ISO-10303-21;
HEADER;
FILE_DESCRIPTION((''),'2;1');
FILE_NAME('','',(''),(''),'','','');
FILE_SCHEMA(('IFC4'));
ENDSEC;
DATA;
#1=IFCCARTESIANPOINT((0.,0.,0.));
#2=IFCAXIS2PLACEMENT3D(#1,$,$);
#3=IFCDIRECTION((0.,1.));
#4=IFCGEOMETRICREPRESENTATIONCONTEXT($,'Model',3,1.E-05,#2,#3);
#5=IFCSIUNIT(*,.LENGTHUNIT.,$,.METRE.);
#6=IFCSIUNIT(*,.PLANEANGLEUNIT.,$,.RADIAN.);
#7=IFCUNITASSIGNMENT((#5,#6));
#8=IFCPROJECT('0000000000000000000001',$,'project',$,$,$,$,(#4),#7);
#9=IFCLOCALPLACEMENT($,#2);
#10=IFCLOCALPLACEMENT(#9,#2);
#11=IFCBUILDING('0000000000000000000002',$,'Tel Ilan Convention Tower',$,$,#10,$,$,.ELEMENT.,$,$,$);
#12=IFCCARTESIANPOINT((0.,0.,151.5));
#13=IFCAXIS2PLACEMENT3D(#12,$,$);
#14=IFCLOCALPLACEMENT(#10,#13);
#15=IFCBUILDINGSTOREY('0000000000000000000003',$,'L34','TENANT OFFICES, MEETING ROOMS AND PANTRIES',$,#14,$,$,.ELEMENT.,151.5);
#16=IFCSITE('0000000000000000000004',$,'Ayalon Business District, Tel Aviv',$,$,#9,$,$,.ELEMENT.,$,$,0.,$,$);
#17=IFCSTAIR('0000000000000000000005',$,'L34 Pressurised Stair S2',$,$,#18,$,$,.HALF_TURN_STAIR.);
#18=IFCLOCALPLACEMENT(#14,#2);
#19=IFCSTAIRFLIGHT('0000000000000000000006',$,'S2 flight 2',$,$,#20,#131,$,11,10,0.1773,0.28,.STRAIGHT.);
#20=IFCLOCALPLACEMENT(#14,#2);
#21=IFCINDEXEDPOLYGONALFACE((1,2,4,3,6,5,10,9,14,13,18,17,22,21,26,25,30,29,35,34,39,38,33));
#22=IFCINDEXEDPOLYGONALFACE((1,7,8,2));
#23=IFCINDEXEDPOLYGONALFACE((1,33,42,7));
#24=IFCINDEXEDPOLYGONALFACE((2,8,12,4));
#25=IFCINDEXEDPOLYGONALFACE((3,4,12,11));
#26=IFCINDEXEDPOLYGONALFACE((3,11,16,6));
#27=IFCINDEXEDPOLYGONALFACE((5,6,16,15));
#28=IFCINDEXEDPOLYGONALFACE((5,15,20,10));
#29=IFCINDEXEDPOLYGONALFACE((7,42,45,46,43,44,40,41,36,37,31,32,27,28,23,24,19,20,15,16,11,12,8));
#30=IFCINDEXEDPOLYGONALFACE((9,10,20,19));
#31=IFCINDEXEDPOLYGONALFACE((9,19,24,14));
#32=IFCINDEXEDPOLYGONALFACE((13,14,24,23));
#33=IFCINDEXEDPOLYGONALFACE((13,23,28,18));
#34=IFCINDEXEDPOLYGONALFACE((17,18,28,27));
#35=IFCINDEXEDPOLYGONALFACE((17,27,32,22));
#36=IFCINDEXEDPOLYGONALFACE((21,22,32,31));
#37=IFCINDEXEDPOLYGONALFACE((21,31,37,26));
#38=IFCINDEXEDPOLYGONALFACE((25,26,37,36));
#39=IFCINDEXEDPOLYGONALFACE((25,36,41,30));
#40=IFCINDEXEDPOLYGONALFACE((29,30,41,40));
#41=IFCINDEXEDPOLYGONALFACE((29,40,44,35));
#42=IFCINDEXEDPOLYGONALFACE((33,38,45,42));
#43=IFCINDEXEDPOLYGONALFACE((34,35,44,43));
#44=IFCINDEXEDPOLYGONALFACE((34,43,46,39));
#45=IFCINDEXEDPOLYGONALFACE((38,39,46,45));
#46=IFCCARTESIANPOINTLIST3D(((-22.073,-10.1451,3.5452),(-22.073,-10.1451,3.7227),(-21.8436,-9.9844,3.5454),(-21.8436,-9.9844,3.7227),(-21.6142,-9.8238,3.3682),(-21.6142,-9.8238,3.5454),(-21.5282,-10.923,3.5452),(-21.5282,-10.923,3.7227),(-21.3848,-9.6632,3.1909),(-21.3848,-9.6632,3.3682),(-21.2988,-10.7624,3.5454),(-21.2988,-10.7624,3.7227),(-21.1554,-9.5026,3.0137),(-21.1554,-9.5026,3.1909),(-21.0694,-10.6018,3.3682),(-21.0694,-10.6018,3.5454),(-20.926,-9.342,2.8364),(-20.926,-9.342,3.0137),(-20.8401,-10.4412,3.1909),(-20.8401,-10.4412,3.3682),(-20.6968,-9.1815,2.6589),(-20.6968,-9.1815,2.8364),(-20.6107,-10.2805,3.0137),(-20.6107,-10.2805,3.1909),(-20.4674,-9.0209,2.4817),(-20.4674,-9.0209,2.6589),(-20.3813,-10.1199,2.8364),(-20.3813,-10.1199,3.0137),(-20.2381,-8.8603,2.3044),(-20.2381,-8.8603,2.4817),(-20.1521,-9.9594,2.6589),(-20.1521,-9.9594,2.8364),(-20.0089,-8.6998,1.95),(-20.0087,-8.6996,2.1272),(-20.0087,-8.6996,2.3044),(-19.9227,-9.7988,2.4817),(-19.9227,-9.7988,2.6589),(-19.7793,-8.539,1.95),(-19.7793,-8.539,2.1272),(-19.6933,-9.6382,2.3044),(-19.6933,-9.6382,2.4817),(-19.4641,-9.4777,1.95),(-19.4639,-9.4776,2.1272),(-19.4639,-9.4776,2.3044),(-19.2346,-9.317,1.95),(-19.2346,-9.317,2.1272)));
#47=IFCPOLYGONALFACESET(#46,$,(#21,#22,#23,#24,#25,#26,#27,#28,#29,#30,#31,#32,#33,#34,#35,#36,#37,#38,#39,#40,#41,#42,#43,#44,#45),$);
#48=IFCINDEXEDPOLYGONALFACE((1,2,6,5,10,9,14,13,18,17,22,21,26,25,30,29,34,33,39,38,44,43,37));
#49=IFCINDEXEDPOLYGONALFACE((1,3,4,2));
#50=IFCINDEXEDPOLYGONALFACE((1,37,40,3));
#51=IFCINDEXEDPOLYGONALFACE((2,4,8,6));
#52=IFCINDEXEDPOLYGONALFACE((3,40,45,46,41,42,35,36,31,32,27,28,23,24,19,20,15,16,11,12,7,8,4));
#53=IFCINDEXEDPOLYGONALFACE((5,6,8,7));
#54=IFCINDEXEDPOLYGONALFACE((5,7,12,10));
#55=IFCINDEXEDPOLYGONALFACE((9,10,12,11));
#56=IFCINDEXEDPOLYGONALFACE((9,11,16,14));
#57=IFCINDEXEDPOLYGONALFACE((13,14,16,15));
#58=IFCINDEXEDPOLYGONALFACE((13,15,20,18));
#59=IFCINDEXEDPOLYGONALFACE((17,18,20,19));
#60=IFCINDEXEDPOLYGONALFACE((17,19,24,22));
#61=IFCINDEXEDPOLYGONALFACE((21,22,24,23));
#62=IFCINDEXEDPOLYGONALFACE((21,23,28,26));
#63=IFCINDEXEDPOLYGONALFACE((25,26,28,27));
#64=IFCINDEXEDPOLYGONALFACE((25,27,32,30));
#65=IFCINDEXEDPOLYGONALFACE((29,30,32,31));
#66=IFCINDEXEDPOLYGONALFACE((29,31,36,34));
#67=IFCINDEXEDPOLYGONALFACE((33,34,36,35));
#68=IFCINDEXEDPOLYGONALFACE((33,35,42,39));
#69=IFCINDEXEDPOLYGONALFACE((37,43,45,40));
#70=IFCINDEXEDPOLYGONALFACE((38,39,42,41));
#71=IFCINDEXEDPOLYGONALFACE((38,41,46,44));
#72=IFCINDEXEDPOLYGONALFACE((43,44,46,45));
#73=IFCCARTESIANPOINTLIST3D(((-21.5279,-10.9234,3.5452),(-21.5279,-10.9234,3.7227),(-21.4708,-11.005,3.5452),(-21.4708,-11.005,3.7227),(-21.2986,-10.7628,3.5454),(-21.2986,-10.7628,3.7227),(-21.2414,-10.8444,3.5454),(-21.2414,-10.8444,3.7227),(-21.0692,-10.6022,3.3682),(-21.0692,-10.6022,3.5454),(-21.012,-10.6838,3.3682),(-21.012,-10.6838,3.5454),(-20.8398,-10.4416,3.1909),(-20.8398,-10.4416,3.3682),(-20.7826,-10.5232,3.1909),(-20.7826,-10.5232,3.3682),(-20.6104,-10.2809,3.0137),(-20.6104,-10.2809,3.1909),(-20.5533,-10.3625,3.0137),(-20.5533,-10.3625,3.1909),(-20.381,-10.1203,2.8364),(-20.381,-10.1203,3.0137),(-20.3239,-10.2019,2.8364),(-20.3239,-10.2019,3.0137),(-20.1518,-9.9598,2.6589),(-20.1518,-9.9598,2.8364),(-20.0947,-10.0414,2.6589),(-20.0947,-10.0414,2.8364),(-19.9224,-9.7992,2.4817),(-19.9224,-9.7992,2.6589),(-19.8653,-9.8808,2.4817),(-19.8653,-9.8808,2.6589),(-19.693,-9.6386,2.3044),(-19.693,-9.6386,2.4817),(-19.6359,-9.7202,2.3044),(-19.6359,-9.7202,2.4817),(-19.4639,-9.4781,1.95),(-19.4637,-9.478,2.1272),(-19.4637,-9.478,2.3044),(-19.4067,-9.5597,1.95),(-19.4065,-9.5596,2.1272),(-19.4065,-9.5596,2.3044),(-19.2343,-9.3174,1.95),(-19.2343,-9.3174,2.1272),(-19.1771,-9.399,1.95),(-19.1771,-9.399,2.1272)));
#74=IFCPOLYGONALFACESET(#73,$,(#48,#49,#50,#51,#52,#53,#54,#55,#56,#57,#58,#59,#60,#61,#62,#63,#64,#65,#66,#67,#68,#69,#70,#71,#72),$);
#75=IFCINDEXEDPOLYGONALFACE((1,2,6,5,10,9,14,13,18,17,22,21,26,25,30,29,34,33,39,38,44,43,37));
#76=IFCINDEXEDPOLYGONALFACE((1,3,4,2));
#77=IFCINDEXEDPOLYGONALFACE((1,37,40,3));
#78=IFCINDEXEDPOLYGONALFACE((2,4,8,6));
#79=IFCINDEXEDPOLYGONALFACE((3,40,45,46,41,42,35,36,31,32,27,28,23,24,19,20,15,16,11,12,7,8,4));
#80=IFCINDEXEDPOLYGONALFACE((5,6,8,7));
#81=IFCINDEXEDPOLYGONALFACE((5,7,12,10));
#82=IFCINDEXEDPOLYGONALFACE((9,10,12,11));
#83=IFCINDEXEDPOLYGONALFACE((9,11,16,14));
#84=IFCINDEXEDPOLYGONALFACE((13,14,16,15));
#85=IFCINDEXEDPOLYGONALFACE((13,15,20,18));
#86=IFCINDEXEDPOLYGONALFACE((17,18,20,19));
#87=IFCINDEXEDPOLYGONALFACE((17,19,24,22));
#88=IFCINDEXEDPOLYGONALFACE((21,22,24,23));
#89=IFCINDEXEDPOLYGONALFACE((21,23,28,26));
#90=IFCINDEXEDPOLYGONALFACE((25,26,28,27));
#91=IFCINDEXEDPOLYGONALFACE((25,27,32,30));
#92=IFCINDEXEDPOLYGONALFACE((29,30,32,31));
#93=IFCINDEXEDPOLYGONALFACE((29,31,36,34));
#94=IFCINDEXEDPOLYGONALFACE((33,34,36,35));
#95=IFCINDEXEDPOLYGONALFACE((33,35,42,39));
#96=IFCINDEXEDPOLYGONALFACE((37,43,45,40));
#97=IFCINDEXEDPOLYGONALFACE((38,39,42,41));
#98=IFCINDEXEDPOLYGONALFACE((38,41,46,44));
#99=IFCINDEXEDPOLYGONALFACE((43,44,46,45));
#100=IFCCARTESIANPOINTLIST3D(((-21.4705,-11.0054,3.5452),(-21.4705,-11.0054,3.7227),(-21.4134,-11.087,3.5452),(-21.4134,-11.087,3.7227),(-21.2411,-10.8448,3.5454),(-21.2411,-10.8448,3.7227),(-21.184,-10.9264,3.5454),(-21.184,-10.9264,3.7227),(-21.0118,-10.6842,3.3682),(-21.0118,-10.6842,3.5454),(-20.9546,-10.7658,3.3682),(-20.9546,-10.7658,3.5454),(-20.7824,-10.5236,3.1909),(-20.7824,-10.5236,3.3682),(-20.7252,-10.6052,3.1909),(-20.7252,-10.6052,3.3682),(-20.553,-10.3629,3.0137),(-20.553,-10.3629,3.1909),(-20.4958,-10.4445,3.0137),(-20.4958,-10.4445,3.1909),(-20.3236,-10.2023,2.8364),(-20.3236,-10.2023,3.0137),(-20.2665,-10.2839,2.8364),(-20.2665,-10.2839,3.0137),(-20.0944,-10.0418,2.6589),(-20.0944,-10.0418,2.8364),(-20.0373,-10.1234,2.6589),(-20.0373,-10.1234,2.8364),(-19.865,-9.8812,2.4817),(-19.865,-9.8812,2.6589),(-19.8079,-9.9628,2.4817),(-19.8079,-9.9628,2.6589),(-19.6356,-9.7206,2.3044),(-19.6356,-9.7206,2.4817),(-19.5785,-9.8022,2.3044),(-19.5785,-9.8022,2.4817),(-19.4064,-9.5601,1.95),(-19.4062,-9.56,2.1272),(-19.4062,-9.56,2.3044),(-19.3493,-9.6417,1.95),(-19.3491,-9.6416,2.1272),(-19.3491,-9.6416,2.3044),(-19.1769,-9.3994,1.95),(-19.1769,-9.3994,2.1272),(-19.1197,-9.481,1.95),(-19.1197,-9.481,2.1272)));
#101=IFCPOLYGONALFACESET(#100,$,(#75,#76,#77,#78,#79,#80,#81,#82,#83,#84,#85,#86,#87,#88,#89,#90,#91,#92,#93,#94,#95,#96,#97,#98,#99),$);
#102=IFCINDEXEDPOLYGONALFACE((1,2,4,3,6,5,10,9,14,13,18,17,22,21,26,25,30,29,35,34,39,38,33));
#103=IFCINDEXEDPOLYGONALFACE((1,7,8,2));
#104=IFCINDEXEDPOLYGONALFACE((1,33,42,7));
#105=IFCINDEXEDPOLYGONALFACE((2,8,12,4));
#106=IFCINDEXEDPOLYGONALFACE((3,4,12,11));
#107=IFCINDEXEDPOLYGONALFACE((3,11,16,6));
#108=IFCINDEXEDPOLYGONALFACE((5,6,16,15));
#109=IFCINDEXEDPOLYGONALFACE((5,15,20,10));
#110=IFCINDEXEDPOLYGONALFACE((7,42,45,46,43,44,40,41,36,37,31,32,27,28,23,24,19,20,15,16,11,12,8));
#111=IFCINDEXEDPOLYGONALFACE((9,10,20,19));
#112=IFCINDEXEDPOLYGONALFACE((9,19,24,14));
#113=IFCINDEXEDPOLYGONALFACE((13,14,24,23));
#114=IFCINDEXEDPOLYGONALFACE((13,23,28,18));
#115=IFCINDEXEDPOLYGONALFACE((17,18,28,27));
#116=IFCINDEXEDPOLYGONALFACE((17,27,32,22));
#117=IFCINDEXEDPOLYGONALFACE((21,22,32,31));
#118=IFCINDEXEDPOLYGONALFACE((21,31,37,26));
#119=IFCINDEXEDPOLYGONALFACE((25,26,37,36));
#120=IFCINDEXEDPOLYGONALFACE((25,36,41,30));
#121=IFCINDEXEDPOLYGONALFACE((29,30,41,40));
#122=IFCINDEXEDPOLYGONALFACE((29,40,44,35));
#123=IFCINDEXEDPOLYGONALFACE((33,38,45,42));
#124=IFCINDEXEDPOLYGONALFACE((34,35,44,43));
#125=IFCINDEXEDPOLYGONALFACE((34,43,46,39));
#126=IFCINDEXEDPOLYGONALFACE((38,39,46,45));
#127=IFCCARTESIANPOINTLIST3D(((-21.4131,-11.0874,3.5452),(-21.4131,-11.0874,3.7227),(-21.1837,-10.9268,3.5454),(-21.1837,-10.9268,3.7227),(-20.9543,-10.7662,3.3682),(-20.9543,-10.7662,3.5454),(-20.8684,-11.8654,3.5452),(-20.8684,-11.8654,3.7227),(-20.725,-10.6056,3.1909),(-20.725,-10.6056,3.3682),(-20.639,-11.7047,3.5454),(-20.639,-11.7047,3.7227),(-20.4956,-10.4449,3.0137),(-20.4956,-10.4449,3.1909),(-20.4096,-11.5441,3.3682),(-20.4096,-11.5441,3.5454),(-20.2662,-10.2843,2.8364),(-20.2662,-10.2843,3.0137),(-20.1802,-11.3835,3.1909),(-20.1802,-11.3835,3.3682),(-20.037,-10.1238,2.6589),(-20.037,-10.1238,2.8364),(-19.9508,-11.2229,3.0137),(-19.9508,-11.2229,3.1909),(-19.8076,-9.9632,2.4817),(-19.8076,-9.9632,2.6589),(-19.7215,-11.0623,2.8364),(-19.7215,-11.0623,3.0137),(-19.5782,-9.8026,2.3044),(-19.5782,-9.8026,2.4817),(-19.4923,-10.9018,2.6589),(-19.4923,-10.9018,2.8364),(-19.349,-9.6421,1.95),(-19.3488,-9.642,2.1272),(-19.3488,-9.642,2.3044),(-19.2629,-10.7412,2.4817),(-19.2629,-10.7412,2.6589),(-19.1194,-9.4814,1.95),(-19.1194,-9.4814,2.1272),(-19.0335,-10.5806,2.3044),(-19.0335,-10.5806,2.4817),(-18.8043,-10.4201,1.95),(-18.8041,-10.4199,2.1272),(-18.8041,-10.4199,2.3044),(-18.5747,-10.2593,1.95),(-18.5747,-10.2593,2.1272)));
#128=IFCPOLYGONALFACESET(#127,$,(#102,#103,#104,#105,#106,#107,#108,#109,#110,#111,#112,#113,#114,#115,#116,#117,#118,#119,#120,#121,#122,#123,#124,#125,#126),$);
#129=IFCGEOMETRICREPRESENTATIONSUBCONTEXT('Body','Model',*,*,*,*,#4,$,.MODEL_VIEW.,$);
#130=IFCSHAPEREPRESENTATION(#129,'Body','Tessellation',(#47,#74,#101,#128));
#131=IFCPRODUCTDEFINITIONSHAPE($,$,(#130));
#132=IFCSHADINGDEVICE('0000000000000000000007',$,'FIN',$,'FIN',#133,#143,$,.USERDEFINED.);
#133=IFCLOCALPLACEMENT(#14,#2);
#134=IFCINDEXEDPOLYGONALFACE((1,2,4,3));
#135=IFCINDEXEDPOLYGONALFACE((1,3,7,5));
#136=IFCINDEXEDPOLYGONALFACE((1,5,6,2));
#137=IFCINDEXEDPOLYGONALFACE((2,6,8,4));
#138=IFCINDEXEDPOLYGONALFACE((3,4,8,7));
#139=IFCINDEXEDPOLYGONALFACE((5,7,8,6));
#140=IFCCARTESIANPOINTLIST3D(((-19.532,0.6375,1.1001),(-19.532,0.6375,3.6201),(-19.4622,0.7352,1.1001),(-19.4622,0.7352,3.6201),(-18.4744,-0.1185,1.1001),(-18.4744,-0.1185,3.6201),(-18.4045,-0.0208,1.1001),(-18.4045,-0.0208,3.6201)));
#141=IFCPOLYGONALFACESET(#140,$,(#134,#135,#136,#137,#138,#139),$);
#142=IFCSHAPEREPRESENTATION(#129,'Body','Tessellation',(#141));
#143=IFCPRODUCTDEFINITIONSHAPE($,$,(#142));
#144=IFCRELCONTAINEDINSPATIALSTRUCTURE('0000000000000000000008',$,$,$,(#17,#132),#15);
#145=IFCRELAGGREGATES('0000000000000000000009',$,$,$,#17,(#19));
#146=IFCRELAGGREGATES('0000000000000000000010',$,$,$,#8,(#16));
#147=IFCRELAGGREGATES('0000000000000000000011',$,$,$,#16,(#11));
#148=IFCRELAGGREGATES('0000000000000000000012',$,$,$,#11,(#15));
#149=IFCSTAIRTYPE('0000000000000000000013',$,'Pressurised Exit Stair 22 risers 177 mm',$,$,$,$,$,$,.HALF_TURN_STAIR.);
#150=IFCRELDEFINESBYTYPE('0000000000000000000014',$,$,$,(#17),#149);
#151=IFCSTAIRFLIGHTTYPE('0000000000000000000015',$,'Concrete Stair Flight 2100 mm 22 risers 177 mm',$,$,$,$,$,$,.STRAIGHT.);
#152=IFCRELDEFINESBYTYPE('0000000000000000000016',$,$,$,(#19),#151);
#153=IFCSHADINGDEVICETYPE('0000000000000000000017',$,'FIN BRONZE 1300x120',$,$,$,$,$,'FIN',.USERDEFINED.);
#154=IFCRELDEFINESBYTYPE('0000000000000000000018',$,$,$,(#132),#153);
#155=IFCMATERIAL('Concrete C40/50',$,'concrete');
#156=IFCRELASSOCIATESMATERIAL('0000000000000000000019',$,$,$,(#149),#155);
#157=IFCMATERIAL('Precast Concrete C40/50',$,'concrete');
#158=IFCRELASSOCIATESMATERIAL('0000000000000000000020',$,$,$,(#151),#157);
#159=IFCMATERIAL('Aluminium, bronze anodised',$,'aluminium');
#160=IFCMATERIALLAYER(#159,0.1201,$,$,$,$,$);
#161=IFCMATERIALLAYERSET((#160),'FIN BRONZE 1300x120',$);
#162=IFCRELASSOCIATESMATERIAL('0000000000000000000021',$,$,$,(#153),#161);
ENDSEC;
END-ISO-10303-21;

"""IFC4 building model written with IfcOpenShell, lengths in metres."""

from ifc_helpers import new_model, si_unit, direction, frame, origin, origin_2d, place, context, subcontext, project, spatial, polyline, rectangle, outline, extrude, material, layer, layer_set, type_object, element, aggregate, save


model = new_model("IFC4")

# Units and contexts
model_context = context("Model", 3, precision=1e-05, world=origin(), true_north=direction((0.0, 1.0)))
body_context = subcontext(model_context, "Body", "Model", "MODEL_VIEW")
ifc_project = project(units=[si_unit("LENGTHUNIT", "METRE"), si_unit("PLANEANGLEUNIT", "RADIAN")], contexts=[model_context])

# Site, building, storey
site_placement = place(None, origin())
site = spatial("IfcSite", under=ifc_project, at=site_placement, Name="Ayalon Business District, Tel Aviv", CompositionType="ELEMENT", RefElevation=0.0)
building_placement = place(site_placement, origin())
building = spatial("IfcBuilding", under=site, at=building_placement, Name="Tel Ilan Convention Tower", CompositionType="ELEMENT")
storey_placement = place(building_placement, frame((0.0, 0.0, 151.5)))
storey = spatial("IfcBuildingStorey", under=building, at=storey_placement, Name="L34", Description="TENANT OFFICES, MEETING ROOMS AND PANTRIES", CompositionType="ELEMENT", Elevation=151.5)

# Stair, stair flight
ifc_material_1 = material(Name="Concrete C40/50", Category="concrete")
stair_type = type_object("IfcStairType", Name="Pressurised Exit Stair 22 risers 177 mm", PredefinedType="HALF_TURN_STAIR", material=ifc_material_1)
ifc_material_2 = material(Name="Precast Concrete C40/50", Category="concrete")
stair_flight_type = type_object("IfcStairFlightType", Name="Concrete Stair Flight 2100 mm 22 risers 177 mm", PredefinedType="STRAIGHT", material=ifc_material_2)
stair_1_placement = place(storey_placement, origin())
stair_1 = element("IfcStair", 1, at=stair_1_placement, inside=storey, type_object=stair_type, Name="L34 Pressurised Stair S2", PredefinedType="HALF_TURN_STAIR")
stair_flight_1_placement = place(storey_placement, frame((-19.177, -9.3992, 1.95), z_axis=(0.0, 0.0, 1.0), x_axis=(-0.819152, -0.573576, 0.0)))
stair_flight_1 = element("IfcStairFlight", 2, at=stair_flight_1_placement, type_object=stair_flight_type, Name="S2 flight 2", NumberOfRisers=11, NumberOfTreads=10, PredefinedType="STRAIGHT", RiserHeight=0.1773, TreadLength=0.28, context=body_context, shape_type="SweptSolid", body=[
    extrude(outline(polyline([(0.0, 0.0), (0.0, 0.1772), (0.28, 0.1772), (0.28, 0.3545), (0.5601, 0.3545), (0.5601, 0.5317), (0.8401, 0.5317), (0.8401, 0.709), (1.1201, 0.709), (1.1201, 0.8865), (1.3999, 0.8865), (1.3999, 1.0637), (1.6799, 1.0637), (1.6799, 1.241), (1.96, 1.241), (1.96, 1.4182), (2.24, 1.4182), (2.24, 1.5955), (2.52, 1.5955), (2.52, 1.7727), (2.8, 1.7727), (2.8, 1.95), (2.8, 1.5952), (0.2803, 0.0), (0.0, 0.0)])), frame((0.0, -0.1003, 0.0), z_axis=(0.0, -1.0, 0.0), x_axis=(1.0, 0.0, 0.0)), (0.0, 0.0, 1.0), 0.9497),
    extrude(outline(polyline([(0.0, 0.0), (0.0, 0.1772), (0.28, 0.1772), (0.28, 0.3545), (0.5601, 0.3545), (0.5601, 0.5317), (0.8401, 0.5317), (0.8401, 0.709), (1.1201, 0.709), (1.1201, 0.8865), (1.3999, 0.8865), (1.3999, 1.0637), (1.6799, 1.0637), (1.6799, 1.241), (1.96, 1.241), (1.96, 1.4182), (2.24, 1.4182), (2.24, 1.5955), (2.52, 1.5955), (2.52, 1.7727), (2.8, 1.7727), (2.8, 1.95), (2.8, 1.5952), (0.2803, 0.0), (0.0, 0.0)])), frame((0.0, -0.0002, 0.0), z_axis=(0.0, -1.0, 0.0), x_axis=(1.0, 0.0, 0.0)), (0.0, 0.0, 1.0), 0.0996),
    extrude(outline(polyline([(0.0, 0.0), (0.0, 0.1772), (0.28, 0.1772), (0.28, 0.3545), (0.5601, 0.3545), (0.5601, 0.5317), (0.8401, 0.5317), (0.8401, 0.709), (1.1201, 0.709), (1.1201, 0.8865), (1.3999, 0.8865), (1.3999, 1.0637), (1.6799, 1.0637), (1.6799, 1.241), (1.96, 1.241), (1.96, 1.4182), (2.24, 1.4182), (2.24, 1.5955), (2.52, 1.5955), (2.52, 1.7727), (2.8, 1.7727), (2.8, 1.95), (2.8, 1.5952), (0.2803, 0.0), (0.0, 0.0)])), frame((0.0, 0.0999, 0.0), z_axis=(0.0, -1.0, 0.0), x_axis=(1.0, 0.0, 0.0)), (0.0, 0.0, 1.0), 0.0996),
    extrude(outline(polyline([(0.0, 0.0), (0.0, 0.1772), (0.28, 0.1772), (0.28, 0.3545), (0.5601, 0.3545), (0.5601, 0.5317), (0.8401, 0.5317), (0.8401, 0.709), (1.1201, 0.709), (1.1201, 0.8865), (1.3999, 0.8865), (1.3999, 1.0637), (1.6799, 1.0637), (1.6799, 1.241), (1.96, 1.241), (1.96, 1.4182), (2.24, 1.4182), (2.24, 1.5955), (2.52, 1.5955), (2.52, 1.7727), (2.8, 1.7727), (2.8, 1.95), (2.8, 1.5952), (0.2803, 0.0), (0.0, 0.0)])), frame((0.0, 1.05, 0.0), z_axis=(0.0, -1.0, 0.0), x_axis=(1.0, 0.0, 0.0)), (0.0, 0.0, 1.0), 0.9497),
])
aggregate(stair_1, [stair_flight_1])

# Shading device
ifc_material_3 = material(Name="Aluminium, bronze anodised", Category="aluminium")
ifc_layer_1 = layer(ifc_material_3, 0.1201)
ifc_layer_set_1 = layer_set([ifc_layer_1], Name="FIN BRONZE 1300x120")
shading_device_type = type_object("IfcShadingDeviceType", Name="FIN BRONZE 1300x120", ElementType="FIN", PredefinedType="USERDEFINED", material=ifc_layer_set_1)
shading_device_placement = place(storey_placement, frame((-18.9683, 0.3083, 1.1001), z_axis=(0.0, 0.0, 1.0), x_axis=(-0.813552, 0.581492, 0.0)))
element("IfcShadingDevice", 3, at=shading_device_placement, inside=storey, type_object=shading_device_type, Name="FIN", ObjectType="FIN", PredefinedType="USERDEFINED", context=body_context, shape_type="SweptSolid", body=[
    extrude(rectangle(XDim=1.3, YDim=0.1201, at=origin_2d()), origin(), (0.0, 0.0, 1.0), 2.52),
])

save(model, "model.ifc")
